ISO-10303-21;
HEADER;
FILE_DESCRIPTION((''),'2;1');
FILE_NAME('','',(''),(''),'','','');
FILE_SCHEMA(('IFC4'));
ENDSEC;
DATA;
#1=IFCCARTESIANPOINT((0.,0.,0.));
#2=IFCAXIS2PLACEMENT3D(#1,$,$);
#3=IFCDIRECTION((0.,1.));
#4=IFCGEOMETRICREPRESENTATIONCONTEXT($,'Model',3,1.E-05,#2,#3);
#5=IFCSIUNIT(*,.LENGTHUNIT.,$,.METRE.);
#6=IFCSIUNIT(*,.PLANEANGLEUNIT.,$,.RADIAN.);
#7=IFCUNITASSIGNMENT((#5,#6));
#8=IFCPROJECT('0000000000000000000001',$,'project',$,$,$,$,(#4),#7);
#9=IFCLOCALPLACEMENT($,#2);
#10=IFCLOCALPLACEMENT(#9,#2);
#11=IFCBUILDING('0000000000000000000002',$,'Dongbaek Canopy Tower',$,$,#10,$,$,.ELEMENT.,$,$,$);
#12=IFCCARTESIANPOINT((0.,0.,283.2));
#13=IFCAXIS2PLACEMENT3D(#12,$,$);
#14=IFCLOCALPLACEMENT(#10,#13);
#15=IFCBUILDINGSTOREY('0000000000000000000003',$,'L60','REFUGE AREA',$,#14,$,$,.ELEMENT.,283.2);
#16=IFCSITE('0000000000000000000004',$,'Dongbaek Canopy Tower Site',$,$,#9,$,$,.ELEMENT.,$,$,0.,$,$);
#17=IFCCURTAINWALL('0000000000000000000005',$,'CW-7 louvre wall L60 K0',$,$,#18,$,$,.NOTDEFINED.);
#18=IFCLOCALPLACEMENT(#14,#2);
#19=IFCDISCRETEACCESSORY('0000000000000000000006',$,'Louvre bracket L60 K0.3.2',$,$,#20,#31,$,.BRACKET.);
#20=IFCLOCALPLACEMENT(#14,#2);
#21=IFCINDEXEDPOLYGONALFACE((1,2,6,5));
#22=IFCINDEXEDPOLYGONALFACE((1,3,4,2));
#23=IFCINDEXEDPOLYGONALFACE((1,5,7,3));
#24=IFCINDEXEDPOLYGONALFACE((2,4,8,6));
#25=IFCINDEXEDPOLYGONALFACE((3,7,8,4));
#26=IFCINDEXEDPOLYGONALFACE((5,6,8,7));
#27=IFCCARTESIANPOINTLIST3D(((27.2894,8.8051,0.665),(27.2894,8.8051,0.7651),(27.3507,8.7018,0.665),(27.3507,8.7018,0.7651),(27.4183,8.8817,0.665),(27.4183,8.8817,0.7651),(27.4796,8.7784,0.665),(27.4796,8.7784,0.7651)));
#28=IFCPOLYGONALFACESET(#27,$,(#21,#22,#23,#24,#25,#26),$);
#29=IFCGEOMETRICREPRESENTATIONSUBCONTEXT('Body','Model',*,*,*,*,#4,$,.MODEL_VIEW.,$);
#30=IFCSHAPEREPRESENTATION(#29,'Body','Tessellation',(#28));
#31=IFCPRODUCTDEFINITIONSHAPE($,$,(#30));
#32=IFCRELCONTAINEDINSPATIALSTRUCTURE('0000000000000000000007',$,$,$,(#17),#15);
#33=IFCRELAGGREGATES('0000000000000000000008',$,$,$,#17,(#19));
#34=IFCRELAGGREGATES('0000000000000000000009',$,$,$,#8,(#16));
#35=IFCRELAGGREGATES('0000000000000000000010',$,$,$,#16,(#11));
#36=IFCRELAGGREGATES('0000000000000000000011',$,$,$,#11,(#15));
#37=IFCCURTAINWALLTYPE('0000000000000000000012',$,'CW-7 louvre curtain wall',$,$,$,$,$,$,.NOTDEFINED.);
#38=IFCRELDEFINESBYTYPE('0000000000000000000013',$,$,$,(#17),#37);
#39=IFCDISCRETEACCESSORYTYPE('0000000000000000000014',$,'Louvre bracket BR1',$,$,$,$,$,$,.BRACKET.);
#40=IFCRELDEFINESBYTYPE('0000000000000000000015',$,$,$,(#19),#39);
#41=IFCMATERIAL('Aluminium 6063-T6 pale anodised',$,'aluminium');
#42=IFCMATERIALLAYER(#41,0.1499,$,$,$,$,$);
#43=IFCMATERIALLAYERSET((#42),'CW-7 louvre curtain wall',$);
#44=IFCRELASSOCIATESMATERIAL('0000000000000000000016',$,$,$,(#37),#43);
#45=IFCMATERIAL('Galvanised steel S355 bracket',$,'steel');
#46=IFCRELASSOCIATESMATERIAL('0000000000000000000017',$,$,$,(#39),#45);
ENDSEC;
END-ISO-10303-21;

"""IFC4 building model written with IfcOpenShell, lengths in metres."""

from ifc_helpers import new_model, si_unit, direction, frame, origin, origin_2d, place, context, subcontext, project, spatial, rectangle, extrude, material, layer, layer_set, type_object, element, aggregate, save


model = new_model("IFC4")

# Units and contexts
model_context = context("Model", 3, precision=1e-05, world=origin(), true_north=direction((0.0, 1.0)))
body_context = subcontext(model_context, "Body", "Model", "MODEL_VIEW")
ifc_project = project(units=[si_unit("LENGTHUNIT", "METRE"), si_unit("PLANEANGLEUNIT", "RADIAN")], contexts=[model_context])

# Site, building, storey
site_placement = place(None, origin())
site = spatial("IfcSite", under=ifc_project, at=site_placement, Name="Dongbaek Canopy Tower Site", CompositionType="ELEMENT", RefElevation=0.0)
building_placement = place(site_placement, origin())
building = spatial("IfcBuilding", under=site, at=building_placement, Name="Dongbaek Canopy Tower", CompositionType="ELEMENT")
storey_placement = place(building_placement, frame((0.0, 0.0, 283.2)))
storey = spatial("IfcBuildingStorey", under=building, at=storey_placement, Name="L60", Description="REFUGE AREA", CompositionType="ELEMENT", Elevation=283.2)

# Curtain wall
ifc_material_1 = material(Name="Aluminium 6063-T6 pale anodised", Category="aluminium")
ifc_layer_1 = layer(ifc_material_1, 0.1499)
ifc_layer_set_1 = layer_set([ifc_layer_1], Name="CW-7 louvre curtain wall")
curtain_wall_type = type_object("IfcCurtainWallType", Name="CW-7 louvre curtain wall", PredefinedType="NOTDEFINED", material=ifc_layer_set_1)
curtain_wall_1_placement = place(storey_placement, origin())
curtain_wall_1 = element("IfcCurtainWall", 1, at=curtain_wall_1_placement, inside=storey, type_object=curtain_wall_type, Name="CW-7 louvre wall L60 K0", PredefinedType="NOTDEFINED")

# Discrete accessory
ifc_material_2 = material(Name="Galvanised steel S355 bracket", Category="steel")
discrete_accessory_type = type_object("IfcDiscreteAccessoryType", Name="Louvre bracket BR1", PredefinedType="BRACKET", material=ifc_material_2)
discrete_accessory_1_placement = place(storey_placement, frame((27.3845, 8.7917, 0.665), z_axis=(0.0, 0.0, 1.0), x_axis=(-0.510546, 0.859851, 0.0)))
discrete_accessory_1 = element("IfcDiscreteAccessory", 2, at=discrete_accessory_1_placement, type_object=discrete_accessory_type, Name="Louvre bracket L60 K0.3.2", PredefinedType="BRACKET", context=body_context, shape_type="SweptSolid", body=[
    extrude(rectangle(XDim=0.1201, YDim=0.1499, at=origin_2d()), origin(), (0.0, 0.0, 1.0), 0.1001),
])
aggregate(curtain_wall_1, [discrete_accessory_1])

save(model, "model.ifc")
